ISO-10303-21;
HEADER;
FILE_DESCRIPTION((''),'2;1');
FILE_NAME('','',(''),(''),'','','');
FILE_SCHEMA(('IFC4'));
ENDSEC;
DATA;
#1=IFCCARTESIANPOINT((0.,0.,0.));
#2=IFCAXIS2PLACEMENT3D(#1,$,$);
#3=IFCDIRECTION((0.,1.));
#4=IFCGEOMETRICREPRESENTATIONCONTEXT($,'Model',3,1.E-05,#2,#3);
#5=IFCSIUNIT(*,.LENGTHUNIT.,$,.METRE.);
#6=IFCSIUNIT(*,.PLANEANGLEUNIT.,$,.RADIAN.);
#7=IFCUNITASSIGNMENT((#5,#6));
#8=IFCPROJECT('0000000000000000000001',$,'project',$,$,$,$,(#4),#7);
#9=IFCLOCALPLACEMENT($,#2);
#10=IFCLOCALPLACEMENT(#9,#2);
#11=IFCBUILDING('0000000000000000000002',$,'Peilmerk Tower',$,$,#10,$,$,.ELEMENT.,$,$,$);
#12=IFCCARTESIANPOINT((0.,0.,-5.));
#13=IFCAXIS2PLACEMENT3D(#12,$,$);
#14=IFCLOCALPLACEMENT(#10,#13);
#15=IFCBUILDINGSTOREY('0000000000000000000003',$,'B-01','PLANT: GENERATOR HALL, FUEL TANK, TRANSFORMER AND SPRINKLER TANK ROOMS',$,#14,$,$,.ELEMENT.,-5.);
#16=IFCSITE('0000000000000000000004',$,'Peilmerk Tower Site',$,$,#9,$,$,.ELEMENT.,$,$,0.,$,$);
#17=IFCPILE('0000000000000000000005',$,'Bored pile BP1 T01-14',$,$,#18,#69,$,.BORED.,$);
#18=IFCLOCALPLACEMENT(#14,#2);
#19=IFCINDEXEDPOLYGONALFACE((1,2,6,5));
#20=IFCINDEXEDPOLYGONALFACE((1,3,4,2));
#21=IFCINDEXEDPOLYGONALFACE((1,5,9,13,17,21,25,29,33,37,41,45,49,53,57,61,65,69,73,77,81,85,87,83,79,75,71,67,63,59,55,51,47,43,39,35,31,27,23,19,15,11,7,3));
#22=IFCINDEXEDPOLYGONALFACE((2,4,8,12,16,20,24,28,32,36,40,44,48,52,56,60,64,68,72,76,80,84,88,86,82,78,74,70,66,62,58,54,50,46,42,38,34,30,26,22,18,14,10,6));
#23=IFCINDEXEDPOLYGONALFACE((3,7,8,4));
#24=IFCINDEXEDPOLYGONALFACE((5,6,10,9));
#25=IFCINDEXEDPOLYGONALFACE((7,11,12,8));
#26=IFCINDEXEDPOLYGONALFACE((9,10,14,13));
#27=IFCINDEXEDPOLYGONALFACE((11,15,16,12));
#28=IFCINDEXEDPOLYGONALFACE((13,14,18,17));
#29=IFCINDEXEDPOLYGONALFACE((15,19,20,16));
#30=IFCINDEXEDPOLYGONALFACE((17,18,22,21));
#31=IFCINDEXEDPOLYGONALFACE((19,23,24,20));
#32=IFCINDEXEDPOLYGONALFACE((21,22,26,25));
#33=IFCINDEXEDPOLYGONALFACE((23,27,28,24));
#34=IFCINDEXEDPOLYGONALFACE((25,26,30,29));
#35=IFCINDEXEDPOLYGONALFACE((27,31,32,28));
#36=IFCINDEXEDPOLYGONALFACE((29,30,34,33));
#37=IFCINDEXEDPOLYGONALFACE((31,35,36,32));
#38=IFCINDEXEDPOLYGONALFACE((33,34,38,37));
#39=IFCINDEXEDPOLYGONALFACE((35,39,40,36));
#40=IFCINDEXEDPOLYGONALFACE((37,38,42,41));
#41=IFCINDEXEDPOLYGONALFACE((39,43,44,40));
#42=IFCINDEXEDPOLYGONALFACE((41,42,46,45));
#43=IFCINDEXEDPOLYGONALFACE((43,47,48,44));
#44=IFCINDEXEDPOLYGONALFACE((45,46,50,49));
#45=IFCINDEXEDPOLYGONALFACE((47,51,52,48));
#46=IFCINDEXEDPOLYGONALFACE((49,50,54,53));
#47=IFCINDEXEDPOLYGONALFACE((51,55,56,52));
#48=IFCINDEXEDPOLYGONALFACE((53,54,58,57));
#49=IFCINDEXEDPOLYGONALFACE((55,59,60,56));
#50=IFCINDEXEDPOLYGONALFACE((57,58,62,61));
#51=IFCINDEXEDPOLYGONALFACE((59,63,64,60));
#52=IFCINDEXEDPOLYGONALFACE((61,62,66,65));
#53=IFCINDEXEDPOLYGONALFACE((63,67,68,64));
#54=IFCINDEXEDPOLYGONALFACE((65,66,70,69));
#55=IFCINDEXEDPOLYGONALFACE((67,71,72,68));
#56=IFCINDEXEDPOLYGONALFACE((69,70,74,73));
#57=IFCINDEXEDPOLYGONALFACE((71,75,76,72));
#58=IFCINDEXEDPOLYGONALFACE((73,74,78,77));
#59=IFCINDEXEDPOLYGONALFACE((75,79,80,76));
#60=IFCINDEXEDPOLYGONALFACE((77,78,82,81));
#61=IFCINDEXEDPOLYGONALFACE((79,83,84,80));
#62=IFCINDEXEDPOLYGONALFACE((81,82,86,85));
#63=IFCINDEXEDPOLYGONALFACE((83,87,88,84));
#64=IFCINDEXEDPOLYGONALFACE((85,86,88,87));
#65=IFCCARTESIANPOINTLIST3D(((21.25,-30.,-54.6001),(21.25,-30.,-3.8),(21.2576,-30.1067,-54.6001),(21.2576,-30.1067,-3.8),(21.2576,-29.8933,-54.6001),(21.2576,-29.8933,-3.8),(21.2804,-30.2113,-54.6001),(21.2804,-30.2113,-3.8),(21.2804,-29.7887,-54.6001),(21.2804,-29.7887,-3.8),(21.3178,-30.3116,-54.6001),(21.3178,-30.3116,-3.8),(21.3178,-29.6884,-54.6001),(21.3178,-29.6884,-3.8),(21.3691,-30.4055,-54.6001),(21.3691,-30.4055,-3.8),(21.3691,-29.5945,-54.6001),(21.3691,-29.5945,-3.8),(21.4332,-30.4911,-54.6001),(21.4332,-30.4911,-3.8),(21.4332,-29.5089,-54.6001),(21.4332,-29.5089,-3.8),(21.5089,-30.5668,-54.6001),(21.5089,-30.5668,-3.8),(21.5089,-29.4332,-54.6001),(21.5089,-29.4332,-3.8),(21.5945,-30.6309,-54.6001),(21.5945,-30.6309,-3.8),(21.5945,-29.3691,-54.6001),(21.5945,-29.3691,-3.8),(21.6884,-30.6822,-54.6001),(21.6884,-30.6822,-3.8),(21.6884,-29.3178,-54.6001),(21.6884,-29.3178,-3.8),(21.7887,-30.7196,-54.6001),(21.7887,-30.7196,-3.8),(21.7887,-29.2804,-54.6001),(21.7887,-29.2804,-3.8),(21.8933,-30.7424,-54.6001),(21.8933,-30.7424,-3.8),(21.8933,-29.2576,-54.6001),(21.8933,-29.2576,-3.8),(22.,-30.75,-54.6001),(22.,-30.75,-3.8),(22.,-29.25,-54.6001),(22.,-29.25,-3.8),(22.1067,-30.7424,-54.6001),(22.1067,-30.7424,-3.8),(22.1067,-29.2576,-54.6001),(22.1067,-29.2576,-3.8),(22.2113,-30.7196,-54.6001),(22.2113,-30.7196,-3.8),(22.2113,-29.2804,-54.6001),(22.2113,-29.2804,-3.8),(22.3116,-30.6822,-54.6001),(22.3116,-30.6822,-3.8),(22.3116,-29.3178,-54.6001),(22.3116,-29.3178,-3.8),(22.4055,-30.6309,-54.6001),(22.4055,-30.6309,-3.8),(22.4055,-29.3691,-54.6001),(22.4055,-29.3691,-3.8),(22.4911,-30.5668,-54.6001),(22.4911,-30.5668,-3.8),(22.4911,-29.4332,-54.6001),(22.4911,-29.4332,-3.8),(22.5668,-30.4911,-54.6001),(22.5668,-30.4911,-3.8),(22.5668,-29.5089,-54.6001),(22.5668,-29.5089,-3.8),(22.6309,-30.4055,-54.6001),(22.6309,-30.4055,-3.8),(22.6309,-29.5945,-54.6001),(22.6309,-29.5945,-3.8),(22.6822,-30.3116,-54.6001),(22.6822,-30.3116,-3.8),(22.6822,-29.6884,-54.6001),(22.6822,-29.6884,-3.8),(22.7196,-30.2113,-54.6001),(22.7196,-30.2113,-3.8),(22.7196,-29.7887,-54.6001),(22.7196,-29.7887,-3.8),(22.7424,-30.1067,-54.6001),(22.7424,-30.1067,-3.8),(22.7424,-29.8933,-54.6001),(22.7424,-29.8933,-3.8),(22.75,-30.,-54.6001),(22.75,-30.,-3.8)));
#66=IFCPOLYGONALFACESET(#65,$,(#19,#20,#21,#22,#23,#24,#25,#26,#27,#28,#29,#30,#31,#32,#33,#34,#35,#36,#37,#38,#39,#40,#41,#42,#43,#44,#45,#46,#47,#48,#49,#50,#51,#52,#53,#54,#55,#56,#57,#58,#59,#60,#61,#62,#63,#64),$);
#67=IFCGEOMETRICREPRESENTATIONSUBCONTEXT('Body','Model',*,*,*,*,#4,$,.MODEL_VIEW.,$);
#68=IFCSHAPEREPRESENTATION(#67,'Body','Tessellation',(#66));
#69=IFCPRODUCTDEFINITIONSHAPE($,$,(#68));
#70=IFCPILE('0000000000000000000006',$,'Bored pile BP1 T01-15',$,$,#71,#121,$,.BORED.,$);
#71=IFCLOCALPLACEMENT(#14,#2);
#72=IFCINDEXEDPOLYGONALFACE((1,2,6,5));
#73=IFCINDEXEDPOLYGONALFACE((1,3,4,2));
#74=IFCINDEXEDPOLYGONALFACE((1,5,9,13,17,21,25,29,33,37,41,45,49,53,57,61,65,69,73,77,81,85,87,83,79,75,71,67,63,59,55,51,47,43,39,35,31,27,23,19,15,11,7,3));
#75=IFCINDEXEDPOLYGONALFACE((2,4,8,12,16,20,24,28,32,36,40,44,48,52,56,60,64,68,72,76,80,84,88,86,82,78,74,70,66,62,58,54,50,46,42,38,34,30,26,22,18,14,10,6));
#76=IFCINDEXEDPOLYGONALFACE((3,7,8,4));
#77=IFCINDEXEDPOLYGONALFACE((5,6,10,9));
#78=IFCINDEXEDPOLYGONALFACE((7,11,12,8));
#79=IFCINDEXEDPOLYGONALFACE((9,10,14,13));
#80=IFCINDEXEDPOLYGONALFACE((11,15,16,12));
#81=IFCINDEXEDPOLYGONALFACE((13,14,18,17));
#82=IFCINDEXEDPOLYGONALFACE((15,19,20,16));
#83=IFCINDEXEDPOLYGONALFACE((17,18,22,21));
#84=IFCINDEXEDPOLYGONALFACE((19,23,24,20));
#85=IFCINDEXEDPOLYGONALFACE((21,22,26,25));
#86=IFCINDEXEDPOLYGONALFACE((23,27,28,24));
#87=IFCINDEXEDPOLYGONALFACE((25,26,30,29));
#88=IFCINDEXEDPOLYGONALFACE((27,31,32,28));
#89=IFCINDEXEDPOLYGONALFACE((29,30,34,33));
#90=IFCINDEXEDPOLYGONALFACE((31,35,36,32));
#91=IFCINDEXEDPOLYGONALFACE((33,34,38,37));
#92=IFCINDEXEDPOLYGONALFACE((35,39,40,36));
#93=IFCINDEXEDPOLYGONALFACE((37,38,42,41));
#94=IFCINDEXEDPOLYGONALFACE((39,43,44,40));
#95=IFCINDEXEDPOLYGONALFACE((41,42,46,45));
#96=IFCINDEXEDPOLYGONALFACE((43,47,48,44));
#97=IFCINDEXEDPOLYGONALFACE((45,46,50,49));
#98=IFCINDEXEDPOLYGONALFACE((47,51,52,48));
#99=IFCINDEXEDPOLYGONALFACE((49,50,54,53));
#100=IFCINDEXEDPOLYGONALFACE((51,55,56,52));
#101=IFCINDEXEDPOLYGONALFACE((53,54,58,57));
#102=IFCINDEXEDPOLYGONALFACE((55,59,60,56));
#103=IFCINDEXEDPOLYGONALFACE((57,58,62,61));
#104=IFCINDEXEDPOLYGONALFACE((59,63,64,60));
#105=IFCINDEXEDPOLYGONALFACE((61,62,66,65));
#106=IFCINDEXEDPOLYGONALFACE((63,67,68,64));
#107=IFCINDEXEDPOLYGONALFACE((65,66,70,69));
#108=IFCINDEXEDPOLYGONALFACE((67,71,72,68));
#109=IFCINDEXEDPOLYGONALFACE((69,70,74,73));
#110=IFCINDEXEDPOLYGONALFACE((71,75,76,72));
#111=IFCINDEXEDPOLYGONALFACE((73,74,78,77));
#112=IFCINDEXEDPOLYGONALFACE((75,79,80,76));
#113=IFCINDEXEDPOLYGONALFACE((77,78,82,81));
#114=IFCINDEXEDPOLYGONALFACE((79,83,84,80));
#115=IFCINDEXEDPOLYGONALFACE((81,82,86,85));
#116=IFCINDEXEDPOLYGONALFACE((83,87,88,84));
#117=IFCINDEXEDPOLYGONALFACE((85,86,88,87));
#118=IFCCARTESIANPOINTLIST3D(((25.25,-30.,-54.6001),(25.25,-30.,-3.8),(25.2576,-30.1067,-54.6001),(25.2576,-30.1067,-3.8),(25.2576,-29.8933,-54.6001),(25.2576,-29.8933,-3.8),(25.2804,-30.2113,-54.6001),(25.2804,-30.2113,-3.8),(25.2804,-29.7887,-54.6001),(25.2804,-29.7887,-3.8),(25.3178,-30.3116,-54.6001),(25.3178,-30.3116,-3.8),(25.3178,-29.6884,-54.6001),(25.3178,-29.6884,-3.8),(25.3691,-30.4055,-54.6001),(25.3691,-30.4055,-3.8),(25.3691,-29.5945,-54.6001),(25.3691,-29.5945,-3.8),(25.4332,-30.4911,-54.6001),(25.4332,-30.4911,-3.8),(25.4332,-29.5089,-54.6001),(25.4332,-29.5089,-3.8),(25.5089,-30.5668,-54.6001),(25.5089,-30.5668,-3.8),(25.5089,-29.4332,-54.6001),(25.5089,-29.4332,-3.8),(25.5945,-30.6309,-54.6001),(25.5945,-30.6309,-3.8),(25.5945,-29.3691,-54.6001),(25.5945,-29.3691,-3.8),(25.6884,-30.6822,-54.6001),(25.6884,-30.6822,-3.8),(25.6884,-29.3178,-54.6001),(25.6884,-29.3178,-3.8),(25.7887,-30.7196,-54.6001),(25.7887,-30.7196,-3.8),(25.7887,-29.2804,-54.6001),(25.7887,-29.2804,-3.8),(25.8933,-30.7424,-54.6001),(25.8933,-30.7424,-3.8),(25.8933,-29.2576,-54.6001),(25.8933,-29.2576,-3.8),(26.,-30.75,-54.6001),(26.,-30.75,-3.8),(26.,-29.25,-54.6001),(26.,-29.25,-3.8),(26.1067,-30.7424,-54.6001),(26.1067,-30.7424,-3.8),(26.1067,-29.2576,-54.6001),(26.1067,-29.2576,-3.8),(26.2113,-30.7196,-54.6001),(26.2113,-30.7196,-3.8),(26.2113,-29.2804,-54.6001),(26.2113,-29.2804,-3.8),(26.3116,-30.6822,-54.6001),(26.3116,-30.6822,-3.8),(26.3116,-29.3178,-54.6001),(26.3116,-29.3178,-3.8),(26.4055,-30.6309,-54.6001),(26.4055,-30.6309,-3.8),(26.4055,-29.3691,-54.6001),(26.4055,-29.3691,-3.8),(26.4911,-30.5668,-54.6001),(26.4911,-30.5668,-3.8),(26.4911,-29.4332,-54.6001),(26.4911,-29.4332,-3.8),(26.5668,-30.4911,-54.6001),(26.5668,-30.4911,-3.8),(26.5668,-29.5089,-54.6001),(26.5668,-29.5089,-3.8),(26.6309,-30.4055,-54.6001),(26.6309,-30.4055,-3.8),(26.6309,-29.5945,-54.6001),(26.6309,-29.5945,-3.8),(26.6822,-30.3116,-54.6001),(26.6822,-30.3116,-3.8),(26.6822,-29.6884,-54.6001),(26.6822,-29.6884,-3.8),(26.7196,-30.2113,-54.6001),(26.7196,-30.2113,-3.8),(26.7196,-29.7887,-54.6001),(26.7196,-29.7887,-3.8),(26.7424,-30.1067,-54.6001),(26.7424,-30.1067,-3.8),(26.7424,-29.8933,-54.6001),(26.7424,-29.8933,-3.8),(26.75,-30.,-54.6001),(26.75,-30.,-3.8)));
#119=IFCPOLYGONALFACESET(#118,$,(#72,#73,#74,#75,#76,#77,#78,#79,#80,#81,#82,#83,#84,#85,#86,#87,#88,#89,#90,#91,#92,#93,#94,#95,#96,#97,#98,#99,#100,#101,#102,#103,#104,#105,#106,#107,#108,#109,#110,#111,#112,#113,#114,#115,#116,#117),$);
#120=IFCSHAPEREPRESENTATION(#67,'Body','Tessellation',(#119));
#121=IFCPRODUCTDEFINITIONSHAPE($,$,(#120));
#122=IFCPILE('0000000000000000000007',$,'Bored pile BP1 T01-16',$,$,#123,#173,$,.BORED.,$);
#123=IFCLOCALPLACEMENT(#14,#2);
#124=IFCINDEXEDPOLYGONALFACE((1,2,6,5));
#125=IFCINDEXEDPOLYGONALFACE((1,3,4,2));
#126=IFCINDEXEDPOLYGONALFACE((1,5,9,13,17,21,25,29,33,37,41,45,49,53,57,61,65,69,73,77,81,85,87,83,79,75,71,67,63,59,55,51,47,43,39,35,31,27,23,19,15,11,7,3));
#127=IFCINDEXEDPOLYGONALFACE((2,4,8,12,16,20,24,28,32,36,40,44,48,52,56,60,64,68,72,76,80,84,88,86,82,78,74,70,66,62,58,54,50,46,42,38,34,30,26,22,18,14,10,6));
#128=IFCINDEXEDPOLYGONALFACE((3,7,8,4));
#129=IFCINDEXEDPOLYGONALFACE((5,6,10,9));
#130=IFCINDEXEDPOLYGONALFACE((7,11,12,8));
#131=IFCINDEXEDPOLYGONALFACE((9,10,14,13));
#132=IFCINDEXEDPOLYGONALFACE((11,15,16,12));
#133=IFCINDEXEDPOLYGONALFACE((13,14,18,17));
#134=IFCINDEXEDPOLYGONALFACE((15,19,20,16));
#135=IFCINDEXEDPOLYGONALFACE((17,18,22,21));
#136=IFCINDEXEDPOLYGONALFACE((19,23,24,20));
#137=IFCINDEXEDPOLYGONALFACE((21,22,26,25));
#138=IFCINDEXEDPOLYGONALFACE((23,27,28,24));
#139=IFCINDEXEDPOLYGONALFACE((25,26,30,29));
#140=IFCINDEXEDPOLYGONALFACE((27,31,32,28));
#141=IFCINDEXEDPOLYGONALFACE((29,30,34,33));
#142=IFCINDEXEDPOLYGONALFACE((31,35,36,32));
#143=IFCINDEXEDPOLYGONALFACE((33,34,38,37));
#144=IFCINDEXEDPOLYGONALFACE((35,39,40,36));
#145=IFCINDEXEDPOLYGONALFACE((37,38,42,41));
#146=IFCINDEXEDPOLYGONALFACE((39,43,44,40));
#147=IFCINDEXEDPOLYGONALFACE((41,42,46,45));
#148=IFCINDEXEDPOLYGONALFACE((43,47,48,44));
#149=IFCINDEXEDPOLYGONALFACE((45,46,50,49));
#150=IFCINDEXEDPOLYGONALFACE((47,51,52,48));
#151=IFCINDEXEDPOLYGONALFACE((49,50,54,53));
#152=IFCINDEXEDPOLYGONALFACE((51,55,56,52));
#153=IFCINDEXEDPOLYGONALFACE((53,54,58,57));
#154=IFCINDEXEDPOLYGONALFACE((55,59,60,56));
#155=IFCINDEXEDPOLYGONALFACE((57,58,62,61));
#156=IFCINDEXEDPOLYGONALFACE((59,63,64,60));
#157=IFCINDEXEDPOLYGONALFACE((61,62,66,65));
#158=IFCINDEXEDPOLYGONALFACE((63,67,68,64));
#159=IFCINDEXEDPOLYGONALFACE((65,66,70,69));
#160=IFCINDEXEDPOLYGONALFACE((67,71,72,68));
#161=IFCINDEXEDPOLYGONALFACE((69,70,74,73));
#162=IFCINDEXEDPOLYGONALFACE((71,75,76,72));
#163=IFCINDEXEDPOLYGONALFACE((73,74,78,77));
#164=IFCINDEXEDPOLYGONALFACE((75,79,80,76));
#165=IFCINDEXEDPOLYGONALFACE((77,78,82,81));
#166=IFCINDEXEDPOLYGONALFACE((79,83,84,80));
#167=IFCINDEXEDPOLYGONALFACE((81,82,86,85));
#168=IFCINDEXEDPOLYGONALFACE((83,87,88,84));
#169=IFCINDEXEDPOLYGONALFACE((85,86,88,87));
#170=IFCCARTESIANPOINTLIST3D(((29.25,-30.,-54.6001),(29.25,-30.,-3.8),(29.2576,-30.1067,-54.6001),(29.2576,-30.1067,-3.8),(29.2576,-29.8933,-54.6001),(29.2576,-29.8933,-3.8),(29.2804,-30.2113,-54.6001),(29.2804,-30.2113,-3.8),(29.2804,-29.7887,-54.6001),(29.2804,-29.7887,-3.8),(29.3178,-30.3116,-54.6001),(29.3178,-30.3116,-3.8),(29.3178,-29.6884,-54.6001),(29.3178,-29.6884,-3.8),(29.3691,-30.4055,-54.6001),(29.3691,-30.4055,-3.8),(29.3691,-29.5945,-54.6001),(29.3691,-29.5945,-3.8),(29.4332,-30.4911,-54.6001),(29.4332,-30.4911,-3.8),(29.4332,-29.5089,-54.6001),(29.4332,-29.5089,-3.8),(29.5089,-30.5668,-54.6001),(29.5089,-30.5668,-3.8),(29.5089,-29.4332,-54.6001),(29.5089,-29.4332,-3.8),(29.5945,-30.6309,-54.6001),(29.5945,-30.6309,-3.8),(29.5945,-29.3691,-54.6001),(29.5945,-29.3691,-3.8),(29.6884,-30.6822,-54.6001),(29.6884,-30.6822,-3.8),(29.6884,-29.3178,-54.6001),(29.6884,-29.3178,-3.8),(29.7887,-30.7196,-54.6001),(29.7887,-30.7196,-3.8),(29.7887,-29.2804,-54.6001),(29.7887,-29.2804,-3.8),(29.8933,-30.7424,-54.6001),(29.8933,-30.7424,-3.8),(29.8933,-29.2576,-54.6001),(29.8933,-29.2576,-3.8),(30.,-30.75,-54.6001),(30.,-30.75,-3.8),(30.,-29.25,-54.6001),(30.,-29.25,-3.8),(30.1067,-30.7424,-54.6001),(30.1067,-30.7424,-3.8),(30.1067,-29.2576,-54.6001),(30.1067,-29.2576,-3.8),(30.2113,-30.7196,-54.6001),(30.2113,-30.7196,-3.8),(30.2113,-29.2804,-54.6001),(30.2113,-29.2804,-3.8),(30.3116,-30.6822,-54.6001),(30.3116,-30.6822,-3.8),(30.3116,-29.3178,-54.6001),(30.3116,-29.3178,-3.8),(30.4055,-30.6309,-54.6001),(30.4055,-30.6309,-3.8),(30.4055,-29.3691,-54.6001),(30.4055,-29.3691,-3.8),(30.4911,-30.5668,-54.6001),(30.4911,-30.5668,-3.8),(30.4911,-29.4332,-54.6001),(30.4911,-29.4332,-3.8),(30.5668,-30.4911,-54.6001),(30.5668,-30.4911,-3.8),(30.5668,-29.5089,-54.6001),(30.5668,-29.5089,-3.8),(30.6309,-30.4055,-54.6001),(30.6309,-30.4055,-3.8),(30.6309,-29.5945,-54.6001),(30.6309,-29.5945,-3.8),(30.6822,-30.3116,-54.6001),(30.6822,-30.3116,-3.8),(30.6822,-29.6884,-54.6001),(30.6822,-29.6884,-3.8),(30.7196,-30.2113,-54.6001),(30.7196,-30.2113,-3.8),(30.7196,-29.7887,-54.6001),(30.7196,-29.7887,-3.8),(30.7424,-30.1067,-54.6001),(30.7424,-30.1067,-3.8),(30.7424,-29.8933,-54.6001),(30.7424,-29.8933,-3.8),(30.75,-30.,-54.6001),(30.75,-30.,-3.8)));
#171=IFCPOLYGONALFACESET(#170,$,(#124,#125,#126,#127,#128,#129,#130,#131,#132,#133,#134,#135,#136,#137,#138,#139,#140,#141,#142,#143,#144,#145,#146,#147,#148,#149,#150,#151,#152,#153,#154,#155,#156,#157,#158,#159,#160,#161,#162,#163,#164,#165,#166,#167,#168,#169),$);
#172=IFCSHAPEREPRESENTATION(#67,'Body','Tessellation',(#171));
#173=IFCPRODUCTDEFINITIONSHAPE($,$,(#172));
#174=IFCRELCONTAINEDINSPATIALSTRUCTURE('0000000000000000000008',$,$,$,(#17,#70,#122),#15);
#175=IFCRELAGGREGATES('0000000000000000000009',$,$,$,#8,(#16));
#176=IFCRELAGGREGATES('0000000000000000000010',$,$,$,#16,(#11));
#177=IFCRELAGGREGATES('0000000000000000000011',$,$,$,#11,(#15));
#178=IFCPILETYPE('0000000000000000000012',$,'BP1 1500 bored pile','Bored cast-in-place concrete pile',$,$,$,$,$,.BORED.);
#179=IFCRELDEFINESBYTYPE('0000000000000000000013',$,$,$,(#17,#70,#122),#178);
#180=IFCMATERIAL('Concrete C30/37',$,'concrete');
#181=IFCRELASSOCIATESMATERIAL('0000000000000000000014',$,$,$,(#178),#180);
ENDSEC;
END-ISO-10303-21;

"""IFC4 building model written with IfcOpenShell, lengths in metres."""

from ifc_helpers import new_model, si_unit, direction, frame, origin, origin_2d, place, context, subcontext, project, spatial, circle, extrude, material, material_profile, profile_set, type_object, element, save


model = new_model("IFC4")

# Units and contexts
model_context = context("Model", 3, precision=1e-05, world=origin(), true_north=direction((0.0, 1.0)))
body_context = subcontext(model_context, "Body", "Model", "MODEL_VIEW")
ifc_project = project(units=[si_unit("LENGTHUNIT", "METRE"), si_unit("PLANEANGLEUNIT", "RADIAN")], contexts=[model_context])

# Site, building, storey
site_placement = place(None, origin())
site = spatial("IfcSite", under=ifc_project, at=site_placement, Name="Peilmerk Tower Site", CompositionType="ELEMENT", RefElevation=0.0)
building_placement = place(site_placement, origin())
building = spatial("IfcBuilding", under=site, at=building_placement, Name="Peilmerk Tower", CompositionType="ELEMENT")
storey_placement = place(building_placement, frame((0.0, 0.0, -5.0)))
storey = spatial("IfcBuildingStorey", under=building, at=storey_placement, Name="B-01", Description="PLANT: GENERATOR HALL, FUEL TANK, TRANSFORMER AND SPRINKLER TANK ROOMS", CompositionType="ELEMENT", Elevation=-5.0)

# Piles
ifc_material_1 = material(Name="Concrete C30/37", Category="concrete")
ifc_material_profile_1 = material_profile(ifc_material_1, circle(Radius=0.75, at=origin_2d()), Name="BP 1500")
ifc_profile_set_1 = profile_set([ifc_material_profile_1], Name="Concrete C30/37")
pile_type_1 = type_object("IfcPileType", Name="BP1 1500 bored pile", Description="Bored cast-in-place concrete pile", PredefinedType="BORED", material=ifc_profile_set_1)
for number, where, z_axis, x_axis, name in (
    (1, (22.0, -30.0, -3.8), (0.0, 0.0, -1.0), (1.0, 0.0, 0.0), "Bored pile BP1 T01-14"),
    (2, (26.0, -30.0, -3.8), (0.0, 0.0, -1.0), (1.0, 0.0, 0.0), "Bored pile BP1 T01-15"),
    (3, (30.0, -30.0, -3.8), (0.0, 0.0, -1.0), (1.0, 0.0, 0.0), "Bored pile BP1 T01-16"),
):
    element("IfcPile", number, at=place(storey_placement, frame(where, z_axis=z_axis, x_axis=x_axis)), inside=storey, type_object=pile_type_1, Name=name, PredefinedType="BORED", context=body_context, shape_type="SweptSolid", body=[
        extrude(circle(Radius=0.75, at=origin_2d()), origin(), (0.0, 0.0, 1.0), 50.8),
    ])

save(model, "model.ifc")
